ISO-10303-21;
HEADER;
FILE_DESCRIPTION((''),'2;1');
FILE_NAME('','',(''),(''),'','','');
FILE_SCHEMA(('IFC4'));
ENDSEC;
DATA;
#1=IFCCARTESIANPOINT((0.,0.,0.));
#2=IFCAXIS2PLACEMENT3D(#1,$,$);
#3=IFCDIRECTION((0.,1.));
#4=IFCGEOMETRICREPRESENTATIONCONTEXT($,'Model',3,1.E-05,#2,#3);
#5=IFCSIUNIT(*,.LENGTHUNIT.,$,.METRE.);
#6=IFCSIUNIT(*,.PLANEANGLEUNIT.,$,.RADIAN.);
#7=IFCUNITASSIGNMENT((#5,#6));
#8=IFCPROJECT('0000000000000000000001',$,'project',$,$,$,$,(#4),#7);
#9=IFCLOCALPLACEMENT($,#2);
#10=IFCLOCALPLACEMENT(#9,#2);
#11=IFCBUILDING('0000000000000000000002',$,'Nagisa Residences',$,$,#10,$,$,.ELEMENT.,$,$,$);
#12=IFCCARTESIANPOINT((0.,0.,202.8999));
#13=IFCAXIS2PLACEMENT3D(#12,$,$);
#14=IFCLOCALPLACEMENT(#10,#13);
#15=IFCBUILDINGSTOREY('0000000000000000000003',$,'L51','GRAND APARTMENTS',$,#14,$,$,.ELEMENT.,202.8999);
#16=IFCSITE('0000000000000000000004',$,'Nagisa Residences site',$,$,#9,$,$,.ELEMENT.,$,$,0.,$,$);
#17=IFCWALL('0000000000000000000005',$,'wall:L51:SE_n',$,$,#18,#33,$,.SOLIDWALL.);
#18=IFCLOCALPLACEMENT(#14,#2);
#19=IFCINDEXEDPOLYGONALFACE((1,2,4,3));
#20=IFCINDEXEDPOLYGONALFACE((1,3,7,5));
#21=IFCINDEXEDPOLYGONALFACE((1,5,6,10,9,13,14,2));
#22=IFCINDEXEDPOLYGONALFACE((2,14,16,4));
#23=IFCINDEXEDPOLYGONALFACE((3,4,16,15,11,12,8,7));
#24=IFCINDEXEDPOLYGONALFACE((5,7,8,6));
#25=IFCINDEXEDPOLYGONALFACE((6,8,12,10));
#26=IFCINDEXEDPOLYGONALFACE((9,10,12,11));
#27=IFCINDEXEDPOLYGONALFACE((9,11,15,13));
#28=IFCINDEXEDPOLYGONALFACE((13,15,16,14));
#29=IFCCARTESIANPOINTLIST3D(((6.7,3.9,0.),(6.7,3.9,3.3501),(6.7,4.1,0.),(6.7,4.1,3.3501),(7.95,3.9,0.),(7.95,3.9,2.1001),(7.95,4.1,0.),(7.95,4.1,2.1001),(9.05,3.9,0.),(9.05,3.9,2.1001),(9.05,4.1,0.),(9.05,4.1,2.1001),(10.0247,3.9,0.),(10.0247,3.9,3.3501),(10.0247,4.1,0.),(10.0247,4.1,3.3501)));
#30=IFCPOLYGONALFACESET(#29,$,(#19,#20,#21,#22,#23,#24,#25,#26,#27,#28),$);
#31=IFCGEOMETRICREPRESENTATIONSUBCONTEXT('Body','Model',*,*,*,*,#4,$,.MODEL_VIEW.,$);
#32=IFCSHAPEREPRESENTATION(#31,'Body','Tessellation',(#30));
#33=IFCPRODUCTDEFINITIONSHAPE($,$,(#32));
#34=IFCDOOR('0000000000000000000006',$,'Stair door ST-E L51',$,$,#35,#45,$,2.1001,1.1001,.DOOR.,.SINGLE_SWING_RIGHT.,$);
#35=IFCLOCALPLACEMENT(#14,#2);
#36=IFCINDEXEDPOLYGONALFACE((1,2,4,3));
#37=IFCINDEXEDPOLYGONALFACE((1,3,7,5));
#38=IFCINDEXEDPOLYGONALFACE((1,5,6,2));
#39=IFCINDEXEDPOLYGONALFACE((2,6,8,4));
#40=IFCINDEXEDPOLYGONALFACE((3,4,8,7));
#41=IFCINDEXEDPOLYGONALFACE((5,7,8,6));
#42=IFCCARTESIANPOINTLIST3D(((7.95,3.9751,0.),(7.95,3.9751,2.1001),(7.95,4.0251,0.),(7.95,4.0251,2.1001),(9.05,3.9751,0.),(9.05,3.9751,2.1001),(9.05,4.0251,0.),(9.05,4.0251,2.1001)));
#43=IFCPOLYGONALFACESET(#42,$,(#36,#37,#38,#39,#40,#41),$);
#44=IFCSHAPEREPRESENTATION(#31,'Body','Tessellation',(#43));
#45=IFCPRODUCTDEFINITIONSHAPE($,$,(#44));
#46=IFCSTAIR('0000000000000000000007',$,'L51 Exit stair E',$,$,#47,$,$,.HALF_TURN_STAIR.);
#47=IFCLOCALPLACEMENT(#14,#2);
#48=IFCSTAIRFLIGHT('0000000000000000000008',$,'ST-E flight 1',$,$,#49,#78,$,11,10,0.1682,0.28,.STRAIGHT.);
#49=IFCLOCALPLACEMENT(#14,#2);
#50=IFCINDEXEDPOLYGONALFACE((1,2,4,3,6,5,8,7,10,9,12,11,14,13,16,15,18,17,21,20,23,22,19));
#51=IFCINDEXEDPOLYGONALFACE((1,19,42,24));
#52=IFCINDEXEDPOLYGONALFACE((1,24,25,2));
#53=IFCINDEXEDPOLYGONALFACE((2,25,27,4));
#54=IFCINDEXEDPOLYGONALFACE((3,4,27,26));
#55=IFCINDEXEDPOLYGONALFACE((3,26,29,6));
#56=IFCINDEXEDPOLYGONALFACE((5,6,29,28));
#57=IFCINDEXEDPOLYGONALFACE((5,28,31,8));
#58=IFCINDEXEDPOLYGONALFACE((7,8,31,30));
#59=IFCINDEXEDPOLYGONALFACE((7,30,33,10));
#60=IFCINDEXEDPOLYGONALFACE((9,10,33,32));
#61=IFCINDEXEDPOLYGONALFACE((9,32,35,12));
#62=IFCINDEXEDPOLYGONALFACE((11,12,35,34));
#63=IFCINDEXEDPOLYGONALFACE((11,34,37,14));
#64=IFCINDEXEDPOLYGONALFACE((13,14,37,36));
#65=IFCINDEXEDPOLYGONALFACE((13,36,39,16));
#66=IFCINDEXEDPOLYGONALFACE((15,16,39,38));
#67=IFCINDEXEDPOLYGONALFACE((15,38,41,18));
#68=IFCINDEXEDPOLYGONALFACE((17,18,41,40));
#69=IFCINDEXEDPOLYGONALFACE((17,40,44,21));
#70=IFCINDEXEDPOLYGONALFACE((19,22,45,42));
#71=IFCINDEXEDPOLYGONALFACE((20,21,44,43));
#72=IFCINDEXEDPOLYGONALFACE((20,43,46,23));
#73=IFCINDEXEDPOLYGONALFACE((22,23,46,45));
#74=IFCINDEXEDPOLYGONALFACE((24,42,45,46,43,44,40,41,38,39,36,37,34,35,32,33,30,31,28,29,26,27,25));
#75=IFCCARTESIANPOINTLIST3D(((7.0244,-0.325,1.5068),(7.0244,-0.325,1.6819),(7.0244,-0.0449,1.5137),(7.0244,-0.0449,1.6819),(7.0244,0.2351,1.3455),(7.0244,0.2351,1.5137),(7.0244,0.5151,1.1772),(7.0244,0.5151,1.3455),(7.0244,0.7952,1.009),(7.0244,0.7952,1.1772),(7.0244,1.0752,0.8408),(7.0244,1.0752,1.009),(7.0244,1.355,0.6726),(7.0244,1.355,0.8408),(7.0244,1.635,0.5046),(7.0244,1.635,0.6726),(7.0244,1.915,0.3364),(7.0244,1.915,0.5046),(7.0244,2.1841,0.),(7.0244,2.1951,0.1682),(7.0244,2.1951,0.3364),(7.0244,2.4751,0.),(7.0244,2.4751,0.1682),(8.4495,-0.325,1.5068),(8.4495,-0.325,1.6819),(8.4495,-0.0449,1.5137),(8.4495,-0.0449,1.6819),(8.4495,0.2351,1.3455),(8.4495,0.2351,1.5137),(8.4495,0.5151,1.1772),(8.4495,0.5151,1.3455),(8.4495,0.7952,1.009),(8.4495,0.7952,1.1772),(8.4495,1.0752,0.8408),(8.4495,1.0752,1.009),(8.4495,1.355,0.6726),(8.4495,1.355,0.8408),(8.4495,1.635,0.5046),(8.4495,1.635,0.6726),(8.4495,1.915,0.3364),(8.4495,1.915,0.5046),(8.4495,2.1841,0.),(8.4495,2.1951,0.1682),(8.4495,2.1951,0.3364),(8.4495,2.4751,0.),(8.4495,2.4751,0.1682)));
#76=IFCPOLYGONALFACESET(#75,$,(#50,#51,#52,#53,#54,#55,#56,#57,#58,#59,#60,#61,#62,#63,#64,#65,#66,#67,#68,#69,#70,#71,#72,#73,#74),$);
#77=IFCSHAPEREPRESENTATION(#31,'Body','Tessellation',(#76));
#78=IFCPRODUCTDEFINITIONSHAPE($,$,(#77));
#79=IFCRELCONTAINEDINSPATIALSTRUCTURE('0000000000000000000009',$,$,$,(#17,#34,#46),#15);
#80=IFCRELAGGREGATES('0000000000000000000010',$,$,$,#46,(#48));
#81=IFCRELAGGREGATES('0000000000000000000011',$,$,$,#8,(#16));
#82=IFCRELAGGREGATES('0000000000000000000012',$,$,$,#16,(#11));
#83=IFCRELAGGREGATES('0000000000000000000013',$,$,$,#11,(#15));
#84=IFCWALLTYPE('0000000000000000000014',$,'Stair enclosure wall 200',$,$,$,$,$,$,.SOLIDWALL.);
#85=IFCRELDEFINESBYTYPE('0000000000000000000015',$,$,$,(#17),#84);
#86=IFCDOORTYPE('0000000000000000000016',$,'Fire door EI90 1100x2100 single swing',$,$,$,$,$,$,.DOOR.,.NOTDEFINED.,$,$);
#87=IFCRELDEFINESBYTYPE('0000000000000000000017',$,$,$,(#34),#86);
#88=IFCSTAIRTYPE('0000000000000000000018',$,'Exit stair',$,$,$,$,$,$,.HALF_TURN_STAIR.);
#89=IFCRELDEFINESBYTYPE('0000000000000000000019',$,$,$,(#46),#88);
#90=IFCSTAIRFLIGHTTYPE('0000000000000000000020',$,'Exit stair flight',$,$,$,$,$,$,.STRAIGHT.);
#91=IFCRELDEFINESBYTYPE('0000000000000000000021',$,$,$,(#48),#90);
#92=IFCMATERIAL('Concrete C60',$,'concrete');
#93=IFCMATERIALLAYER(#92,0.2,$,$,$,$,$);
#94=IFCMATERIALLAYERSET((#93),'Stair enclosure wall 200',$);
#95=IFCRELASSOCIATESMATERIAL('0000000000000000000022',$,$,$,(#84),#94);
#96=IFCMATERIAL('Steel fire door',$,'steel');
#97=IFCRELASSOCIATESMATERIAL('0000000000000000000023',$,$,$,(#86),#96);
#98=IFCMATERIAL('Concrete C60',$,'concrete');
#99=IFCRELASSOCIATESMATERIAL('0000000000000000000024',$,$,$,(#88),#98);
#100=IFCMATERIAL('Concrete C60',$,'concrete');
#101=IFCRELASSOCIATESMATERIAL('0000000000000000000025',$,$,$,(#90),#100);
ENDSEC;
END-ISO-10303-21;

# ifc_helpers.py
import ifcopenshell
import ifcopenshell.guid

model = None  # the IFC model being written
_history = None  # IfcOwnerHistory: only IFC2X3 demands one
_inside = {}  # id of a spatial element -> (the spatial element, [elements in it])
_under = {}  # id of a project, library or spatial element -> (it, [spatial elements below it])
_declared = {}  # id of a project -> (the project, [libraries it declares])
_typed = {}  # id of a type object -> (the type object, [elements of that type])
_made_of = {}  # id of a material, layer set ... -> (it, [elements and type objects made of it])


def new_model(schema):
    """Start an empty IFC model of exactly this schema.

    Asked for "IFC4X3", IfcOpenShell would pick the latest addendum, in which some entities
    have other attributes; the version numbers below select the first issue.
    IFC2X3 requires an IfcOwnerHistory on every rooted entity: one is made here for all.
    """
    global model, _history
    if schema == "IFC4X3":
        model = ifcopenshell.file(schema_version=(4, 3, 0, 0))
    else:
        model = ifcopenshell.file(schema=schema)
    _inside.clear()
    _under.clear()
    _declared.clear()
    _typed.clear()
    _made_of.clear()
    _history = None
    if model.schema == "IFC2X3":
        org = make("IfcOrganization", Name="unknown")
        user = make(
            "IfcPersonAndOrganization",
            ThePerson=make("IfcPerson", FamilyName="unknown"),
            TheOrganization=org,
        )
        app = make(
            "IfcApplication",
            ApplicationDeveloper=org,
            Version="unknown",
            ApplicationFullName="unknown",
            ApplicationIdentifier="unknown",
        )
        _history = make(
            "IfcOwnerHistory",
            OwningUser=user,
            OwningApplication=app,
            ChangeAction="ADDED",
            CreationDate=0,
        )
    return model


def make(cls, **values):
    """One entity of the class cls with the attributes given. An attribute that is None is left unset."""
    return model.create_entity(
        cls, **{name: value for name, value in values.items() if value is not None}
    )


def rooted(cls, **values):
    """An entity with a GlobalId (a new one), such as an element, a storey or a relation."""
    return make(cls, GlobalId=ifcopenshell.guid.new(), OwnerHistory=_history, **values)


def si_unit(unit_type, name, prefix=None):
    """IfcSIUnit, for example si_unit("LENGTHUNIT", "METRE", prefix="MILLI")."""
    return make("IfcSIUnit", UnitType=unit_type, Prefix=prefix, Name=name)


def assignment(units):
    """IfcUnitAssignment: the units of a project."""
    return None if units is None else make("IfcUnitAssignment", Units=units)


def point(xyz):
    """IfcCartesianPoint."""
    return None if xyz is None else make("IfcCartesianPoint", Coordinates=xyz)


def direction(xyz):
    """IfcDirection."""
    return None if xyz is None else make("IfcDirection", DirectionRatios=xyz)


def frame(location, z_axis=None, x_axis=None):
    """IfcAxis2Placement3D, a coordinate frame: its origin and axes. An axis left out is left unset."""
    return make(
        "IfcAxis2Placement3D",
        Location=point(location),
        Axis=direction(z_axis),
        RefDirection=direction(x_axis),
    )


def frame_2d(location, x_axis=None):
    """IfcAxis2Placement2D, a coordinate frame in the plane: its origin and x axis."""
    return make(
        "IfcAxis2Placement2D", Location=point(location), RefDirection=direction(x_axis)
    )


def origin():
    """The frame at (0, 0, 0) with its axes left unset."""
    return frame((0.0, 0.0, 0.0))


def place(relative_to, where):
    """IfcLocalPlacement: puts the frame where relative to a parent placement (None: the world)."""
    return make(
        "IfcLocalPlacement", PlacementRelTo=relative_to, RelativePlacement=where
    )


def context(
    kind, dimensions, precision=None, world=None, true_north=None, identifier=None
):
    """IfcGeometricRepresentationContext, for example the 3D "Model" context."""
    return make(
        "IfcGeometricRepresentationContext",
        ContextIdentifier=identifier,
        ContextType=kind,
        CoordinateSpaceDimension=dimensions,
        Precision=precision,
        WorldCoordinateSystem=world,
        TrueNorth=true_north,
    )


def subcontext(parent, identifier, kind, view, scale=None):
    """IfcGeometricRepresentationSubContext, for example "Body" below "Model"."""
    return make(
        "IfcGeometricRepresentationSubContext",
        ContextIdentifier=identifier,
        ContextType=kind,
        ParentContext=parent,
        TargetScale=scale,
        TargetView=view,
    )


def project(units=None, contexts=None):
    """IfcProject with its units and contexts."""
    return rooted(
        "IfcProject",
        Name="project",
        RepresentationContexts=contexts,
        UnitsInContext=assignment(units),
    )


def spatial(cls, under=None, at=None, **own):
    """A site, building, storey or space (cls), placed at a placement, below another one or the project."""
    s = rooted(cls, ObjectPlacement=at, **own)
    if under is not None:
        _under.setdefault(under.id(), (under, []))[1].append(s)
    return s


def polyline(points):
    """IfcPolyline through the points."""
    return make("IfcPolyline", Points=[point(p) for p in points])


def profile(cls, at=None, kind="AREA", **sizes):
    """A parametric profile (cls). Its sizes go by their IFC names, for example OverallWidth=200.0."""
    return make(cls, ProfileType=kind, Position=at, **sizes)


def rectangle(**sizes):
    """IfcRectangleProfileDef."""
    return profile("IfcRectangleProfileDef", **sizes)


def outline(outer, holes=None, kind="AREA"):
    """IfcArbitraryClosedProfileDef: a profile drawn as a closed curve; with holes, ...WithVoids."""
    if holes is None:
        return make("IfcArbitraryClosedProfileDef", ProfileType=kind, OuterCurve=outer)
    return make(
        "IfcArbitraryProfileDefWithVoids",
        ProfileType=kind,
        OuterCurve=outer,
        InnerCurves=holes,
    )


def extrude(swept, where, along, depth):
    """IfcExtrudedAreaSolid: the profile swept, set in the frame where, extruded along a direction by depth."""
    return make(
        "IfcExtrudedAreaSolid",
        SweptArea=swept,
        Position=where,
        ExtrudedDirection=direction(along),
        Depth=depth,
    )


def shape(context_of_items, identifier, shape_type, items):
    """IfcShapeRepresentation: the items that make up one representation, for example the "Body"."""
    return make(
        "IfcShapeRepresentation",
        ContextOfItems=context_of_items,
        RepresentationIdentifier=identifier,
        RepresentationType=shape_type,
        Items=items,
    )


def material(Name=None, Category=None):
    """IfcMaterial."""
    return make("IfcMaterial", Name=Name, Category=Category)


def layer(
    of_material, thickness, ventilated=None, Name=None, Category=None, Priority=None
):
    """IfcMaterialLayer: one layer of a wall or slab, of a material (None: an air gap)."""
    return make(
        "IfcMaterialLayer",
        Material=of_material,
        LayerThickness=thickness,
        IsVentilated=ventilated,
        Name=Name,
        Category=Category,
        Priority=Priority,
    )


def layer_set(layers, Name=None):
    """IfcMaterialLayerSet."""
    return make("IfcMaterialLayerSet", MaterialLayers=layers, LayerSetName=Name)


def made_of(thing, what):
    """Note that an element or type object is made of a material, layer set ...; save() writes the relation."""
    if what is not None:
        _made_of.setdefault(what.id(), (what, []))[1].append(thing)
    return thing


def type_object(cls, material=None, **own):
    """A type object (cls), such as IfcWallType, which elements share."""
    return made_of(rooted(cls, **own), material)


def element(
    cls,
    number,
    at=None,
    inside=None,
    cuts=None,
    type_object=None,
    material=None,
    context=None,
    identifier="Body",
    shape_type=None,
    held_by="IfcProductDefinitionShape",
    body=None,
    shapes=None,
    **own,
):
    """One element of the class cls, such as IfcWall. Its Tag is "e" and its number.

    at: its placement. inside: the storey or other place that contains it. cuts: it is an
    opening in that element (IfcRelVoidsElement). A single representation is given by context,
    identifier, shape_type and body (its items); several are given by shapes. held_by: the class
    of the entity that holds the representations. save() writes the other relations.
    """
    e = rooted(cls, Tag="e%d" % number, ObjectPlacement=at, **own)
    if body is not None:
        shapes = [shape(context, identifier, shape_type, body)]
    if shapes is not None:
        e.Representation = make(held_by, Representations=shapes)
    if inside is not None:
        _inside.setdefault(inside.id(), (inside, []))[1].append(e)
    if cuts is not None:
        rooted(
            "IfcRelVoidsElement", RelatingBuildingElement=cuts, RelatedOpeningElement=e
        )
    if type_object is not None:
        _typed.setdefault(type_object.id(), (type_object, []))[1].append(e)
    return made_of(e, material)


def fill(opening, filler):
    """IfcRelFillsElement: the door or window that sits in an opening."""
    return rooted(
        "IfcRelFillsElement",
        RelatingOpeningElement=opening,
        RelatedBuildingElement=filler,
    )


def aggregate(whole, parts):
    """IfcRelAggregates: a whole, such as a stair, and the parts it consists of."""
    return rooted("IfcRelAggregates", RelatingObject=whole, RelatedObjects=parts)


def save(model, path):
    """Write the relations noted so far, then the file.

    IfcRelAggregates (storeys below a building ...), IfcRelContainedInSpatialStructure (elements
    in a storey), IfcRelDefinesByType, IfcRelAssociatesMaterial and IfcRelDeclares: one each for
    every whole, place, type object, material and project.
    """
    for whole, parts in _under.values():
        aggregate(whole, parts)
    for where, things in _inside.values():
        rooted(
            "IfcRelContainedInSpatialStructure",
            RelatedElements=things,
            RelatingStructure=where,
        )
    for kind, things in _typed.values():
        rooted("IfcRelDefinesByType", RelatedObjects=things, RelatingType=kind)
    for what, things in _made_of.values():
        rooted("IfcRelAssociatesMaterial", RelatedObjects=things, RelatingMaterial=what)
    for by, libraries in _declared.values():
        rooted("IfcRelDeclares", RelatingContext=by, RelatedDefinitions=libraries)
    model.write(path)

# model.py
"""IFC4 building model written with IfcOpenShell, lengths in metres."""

from ifc_helpers import new_model, si_unit, direction, frame, frame_2d, origin, place, context, subcontext, project, spatial, polyline, rectangle, outline, extrude, material, layer, layer_set, type_object, element, fill, aggregate, save


model = new_model("IFC4")

# Units and contexts
model_context = context("Model", 3, precision=1e-05, world=origin(), true_north=direction((0.0, 1.0)))
body_context = subcontext(model_context, "Body", "Model", "MODEL_VIEW")
ifc_project = project(units=[si_unit("LENGTHUNIT", "METRE"), si_unit("PLANEANGLEUNIT", "RADIAN")], contexts=[model_context])

# Site, building, storey
site_placement = place(None, origin())
site = spatial("IfcSite", under=ifc_project, at=site_placement, Name="Nagisa Residences site", CompositionType="ELEMENT", RefElevation=0.0)
building_placement = place(site_placement, origin())
building = spatial("IfcBuilding", under=site, at=building_placement, Name="Nagisa Residences", CompositionType="ELEMENT")
storey_placement = place(building_placement, frame((0.0, 0.0, 202.8999)))
storey = spatial("IfcBuildingStorey", under=building, at=storey_placement, Name="L51", Description="GRAND APARTMENTS", CompositionType="ELEMENT", Elevation=202.8999)

# Wall, opening, door
ifc_material_1 = material(Name="Concrete C60", Category="concrete")
ifc_layer_1 = layer(ifc_material_1, 0.2)
ifc_layer_set_1 = layer_set([ifc_layer_1], Name="Stair enclosure wall 200")
wall_type_1 = type_object("IfcWallType", Name="Stair enclosure wall 200", PredefinedType="SOLIDWALL", material=ifc_layer_set_1)
wall_1_placement = place(storey_placement, frame((6.7, 4.0, 0.0), z_axis=(0.0, 0.0, 1.0), x_axis=(1.0, 0.0, 0.0)))
wall_1 = element("IfcWall", 1, at=wall_1_placement, inside=storey, type_object=wall_type_1, Name="wall:L51:SE_n", PredefinedType="SOLIDWALL", context=body_context, shape_type="SweptSolid", body=[
    extrude(rectangle(XDim=3.3247, YDim=0.2, at=frame_2d((1.6624, 0.0))), origin(), (0.0, 0.0, 1.0), 3.3501),
])
opening_1_placement = place(wall_1_placement, frame((1.25, 0.0, 0.0)))
opening_1 = element("IfcOpeningElement", 2, at=opening_1_placement, cuts=wall_1, PredefinedType="OPENING", context=body_context, shape_type="SweptSolid", body=[
    extrude(rectangle(XDim=1.1001, YDim=2.1001, at=frame_2d((0.55, 1.05))), frame((0.0, 0.1099, 0.0), z_axis=(0.0, -1.0, 0.0), x_axis=(1.0, 0.0, 0.0)), (0.0, 0.0, 1.0), 0.22),
])
ifc_material_2 = material(Name="Steel fire door", Category="steel")
door_type_1 = type_object("IfcDoorType", Name="Fire door EI90 1100x2100 single swing", OperationType="NOTDEFINED", PredefinedType="DOOR", material=ifc_material_2)
door_1_placement = place(opening_1_placement, frame((1.1001, 0.0, 0.0), x_axis=(-1.0, 0.0, 0.0)))
door_1 = element("IfcDoor", 3, at=door_1_placement, inside=storey, type_object=door_type_1, Name="Stair door ST-E L51", OperationType="SINGLE_SWING_RIGHT", OverallHeight=2.1001, OverallWidth=1.1001, PredefinedType="DOOR", context=body_context, shape_type="SweptSolid", body=[
    extrude(rectangle(XDim=1.1001, YDim=2.1001, at=frame_2d((0.55, 1.05))), frame((0.0, 0.0249, 0.0), z_axis=(0.0, -1.0, 0.0), x_axis=(1.0, 0.0, 0.0)), (0.0, 0.0, 1.0), 0.05),
])
fill(opening_1, door_1)

# Stair, stair flight
ifc_material_3 = material(Name="Concrete C60", Category="concrete")
stair_type = type_object("IfcStairType", Name="Exit stair", PredefinedType="HALF_TURN_STAIR", material=ifc_material_3)
stair_placement = place(storey_placement, origin())
stair = element("IfcStair", 4, at=stair_placement, inside=storey, type_object=stair_type, Name="L51 Exit stair E", PredefinedType="HALF_TURN_STAIR")
ifc_material_4 = material(Name="Concrete C60", Category="concrete")
stair_flight_type = type_object("IfcStairFlightType", Name="Exit stair flight", PredefinedType="STRAIGHT", material=ifc_material_4)
stair_flight_placement = place(storey_placement, frame((7.7371, 2.4751, 0.0), z_axis=(0.0, 0.0, 1.0), x_axis=(0.0, -1.0, 0.0)))
stair_flight = element("IfcStairFlight", 5, at=stair_flight_placement, type_object=stair_flight_type, Name="ST-E flight 1", NumberOfRisers=11, NumberOfTreads=10, PredefinedType="STRAIGHT", RiserHeight=0.1682, TreadLength=0.28, context=body_context, shape_type="SweptSolid", body=[
    extrude(outline(polyline([(0.0, 0.0), (0.0, 0.1682), (0.28, 0.1682), (0.28, 0.3364), (0.5601, 0.3364), (0.5601, 0.5046), (0.8401, 0.5046), (0.8401, 0.6726), (1.1201, 0.6726), (1.1201, 0.8408), (1.3999, 0.8408), (1.3999, 1.009), (1.6799, 1.009), (1.6799, 1.1772), (1.96, 1.1772), (1.96, 1.3455), (2.24, 1.3455), (2.24, 1.5137), (2.52, 1.5137), (2.52, 1.6819), (2.8, 1.6819), (2.8, 1.8501), (2.8, 1.5068), (0.291, 0.0), (0.0, 0.0)])), frame((0.0, 0.7124, 0.0), z_axis=(0.0, -1.0, 0.0), x_axis=(1.0, 0.0, 0.0)), (0.0, 0.0, 1.0), 1.425),
])
aggregate(stair, [stair_flight])

save(model, "model.ifc")
